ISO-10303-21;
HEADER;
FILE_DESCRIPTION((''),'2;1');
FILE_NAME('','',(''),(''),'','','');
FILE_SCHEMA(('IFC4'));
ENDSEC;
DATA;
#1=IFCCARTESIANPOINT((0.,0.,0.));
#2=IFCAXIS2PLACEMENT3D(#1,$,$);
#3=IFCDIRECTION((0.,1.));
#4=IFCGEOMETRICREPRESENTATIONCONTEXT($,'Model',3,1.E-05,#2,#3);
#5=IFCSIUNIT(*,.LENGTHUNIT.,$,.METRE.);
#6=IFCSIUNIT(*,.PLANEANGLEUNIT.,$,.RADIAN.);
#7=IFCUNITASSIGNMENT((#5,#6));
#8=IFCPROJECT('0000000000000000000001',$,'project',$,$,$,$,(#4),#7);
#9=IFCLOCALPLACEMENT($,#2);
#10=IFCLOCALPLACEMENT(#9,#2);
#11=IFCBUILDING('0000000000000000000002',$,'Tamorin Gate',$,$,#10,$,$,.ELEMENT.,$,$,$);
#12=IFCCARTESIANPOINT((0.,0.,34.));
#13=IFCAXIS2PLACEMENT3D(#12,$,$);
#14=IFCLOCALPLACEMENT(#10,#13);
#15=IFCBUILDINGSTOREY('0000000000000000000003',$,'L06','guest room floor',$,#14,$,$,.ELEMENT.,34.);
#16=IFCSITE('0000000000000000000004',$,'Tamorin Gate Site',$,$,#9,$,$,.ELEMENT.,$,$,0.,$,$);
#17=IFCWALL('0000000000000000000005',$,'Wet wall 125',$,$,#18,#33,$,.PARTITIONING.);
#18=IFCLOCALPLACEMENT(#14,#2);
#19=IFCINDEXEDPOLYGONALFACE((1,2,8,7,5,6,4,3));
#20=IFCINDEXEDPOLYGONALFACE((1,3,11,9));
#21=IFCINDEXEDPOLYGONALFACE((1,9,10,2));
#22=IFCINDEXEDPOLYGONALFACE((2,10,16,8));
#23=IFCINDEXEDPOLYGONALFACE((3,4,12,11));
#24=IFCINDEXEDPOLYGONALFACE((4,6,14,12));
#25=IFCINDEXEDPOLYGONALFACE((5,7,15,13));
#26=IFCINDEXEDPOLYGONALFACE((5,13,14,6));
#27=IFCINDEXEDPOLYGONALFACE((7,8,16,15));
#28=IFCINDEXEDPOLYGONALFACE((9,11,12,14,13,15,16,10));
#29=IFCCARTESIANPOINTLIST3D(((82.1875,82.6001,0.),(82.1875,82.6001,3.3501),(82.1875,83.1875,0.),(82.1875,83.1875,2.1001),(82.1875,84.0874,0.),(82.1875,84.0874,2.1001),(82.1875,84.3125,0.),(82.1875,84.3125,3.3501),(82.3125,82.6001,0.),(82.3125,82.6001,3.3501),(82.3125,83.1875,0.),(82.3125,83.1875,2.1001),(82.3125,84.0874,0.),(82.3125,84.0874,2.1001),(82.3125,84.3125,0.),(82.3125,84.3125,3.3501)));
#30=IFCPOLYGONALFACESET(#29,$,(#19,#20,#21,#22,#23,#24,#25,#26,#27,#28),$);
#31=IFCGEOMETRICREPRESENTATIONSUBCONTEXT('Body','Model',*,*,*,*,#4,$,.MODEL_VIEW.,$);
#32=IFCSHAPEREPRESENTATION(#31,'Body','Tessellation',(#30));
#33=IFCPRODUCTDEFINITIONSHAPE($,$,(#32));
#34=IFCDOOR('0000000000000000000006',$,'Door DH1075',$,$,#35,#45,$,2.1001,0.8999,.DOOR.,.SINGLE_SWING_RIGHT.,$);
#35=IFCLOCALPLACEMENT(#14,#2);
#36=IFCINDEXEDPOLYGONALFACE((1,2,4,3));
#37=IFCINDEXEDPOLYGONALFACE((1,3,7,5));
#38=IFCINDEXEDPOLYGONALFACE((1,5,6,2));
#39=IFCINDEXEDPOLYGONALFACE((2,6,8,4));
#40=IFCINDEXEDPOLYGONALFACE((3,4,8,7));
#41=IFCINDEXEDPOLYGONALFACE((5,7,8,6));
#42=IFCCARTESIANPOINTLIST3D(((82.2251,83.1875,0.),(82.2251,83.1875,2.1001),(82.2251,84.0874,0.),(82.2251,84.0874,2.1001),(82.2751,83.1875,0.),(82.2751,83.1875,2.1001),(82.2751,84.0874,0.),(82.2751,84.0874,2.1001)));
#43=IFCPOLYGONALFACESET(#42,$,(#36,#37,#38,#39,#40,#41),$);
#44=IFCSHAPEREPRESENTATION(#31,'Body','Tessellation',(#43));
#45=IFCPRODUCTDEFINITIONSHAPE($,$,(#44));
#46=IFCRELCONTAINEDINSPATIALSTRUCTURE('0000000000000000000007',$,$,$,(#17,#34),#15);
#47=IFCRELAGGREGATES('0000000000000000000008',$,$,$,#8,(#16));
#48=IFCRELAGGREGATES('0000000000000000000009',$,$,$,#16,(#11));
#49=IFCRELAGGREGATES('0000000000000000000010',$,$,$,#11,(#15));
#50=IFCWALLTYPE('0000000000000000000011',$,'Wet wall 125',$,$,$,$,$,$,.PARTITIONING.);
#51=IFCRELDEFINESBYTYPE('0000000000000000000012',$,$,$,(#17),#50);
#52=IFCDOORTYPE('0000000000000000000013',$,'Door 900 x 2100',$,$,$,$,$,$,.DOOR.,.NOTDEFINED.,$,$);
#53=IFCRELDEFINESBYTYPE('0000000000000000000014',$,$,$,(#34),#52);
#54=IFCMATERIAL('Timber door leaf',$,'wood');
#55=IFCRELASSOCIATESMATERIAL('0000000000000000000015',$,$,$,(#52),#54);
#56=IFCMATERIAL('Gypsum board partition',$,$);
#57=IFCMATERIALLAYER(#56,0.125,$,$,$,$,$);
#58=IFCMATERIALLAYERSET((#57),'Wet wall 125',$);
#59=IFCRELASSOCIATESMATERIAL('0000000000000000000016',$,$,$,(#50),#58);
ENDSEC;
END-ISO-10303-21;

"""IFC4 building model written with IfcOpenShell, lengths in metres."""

from ifc_helpers import new_model, si_unit, direction, frame, frame_2d, origin, place, context, subcontext, project, spatial, rectangle, extrude, material, layer, layer_set, type_object, element, fill, save


model = new_model("IFC4")

# Units and contexts
model_context = context("Model", 3, precision=1e-05, world=origin(), true_north=direction((0.0, 1.0)))
body_context = subcontext(model_context, "Body", "Model", "MODEL_VIEW")
ifc_project = project(units=[si_unit("LENGTHUNIT", "METRE"), si_unit("PLANEANGLEUNIT", "RADIAN")], contexts=[model_context])

# Site, building, storey
site_placement = place(None, origin())
site = spatial("IfcSite", under=ifc_project, at=site_placement, Name="Tamorin Gate Site", CompositionType="ELEMENT", RefElevation=0.0)
building_placement = place(site_placement, origin())
building = spatial("IfcBuilding", under=site, at=building_placement, Name="Tamorin Gate", CompositionType="ELEMENT")
storey_placement = place(building_placement, frame((0.0, 0.0, 34.0)))
storey = spatial("IfcBuildingStorey", under=building, at=storey_placement, Name="L06", Description="guest room floor", CompositionType="ELEMENT", Elevation=34.0)

# Shared definitions
ifc_material_1 = material(Name="Gypsum board partition")

# Shared definitions
ifc_material_2 = material(Name="Timber door leaf", Category="wood")
door_type = type_object("IfcDoorType", Name="Door 900 x 2100", OperationType="NOTDEFINED", PredefinedType="DOOR", material=ifc_material_2)

# Shared definitions
ifc_layer_1 = layer(ifc_material_1, 0.125)
ifc_layer_set_1 = layer_set([ifc_layer_1], Name="Wet wall 125")
wall_type_1 = type_object("IfcWallType", Name="Wet wall 125", PredefinedType="PARTITIONING", material=ifc_layer_set_1)

# Wall, opening, door
wall_1_placement = place(storey_placement, frame((82.25, 82.6001, 0.0), z_axis=(0.0, 0.0, 1.0), x_axis=(0.0, 1.0, 0.0)))
wall_1 = element("IfcWall", 1, at=wall_1_placement, inside=storey, type_object=wall_type_1, Name="Wet wall 125", PredefinedType="PARTITIONING", context=body_context, shape_type="SweptSolid", body=[
    extrude(rectangle(XDim=1.7124, YDim=0.125, at=frame_2d((0.8562, 0.0))), origin(), (0.0, 0.0, 1.0), 3.3501),
])
opening_1_placement = place(wall_1_placement, frame((0.5874, 0.0, 0.0)))
opening_1 = element("IfcOpeningElement", 2, at=opening_1_placement, cuts=wall_1, PredefinedType="OPENING", context=body_context, shape_type="SweptSolid", body=[
    extrude(rectangle(XDim=0.8999, YDim=2.1001, at=frame_2d((0.45, 1.05))), frame((0.0, 0.0725, 0.0), z_axis=(0.0, -1.0, 0.0), x_axis=(1.0, 0.0, 0.0)), (0.0, 0.0, 1.0), 0.145),
])
door_1_placement = place(opening_1_placement, origin())
door_1 = element("IfcDoor", 3, at=door_1_placement, inside=storey, type_object=door_type, Name="Door DH1075", OperationType="SINGLE_SWING_RIGHT", OverallHeight=2.1001, OverallWidth=0.8999, PredefinedType="DOOR", context=body_context, shape_type="SweptSolid", body=[
    extrude(rectangle(XDim=0.8999, YDim=2.1001, at=frame_2d((0.45, 1.05))), frame((0.0, 0.0249, 0.0), z_axis=(0.0, -1.0, 0.0), x_axis=(1.0, 0.0, 0.0)), (0.0, 0.0, 1.0), 0.05),
])
fill(opening_1, door_1)

save(model, "model.ifc")
